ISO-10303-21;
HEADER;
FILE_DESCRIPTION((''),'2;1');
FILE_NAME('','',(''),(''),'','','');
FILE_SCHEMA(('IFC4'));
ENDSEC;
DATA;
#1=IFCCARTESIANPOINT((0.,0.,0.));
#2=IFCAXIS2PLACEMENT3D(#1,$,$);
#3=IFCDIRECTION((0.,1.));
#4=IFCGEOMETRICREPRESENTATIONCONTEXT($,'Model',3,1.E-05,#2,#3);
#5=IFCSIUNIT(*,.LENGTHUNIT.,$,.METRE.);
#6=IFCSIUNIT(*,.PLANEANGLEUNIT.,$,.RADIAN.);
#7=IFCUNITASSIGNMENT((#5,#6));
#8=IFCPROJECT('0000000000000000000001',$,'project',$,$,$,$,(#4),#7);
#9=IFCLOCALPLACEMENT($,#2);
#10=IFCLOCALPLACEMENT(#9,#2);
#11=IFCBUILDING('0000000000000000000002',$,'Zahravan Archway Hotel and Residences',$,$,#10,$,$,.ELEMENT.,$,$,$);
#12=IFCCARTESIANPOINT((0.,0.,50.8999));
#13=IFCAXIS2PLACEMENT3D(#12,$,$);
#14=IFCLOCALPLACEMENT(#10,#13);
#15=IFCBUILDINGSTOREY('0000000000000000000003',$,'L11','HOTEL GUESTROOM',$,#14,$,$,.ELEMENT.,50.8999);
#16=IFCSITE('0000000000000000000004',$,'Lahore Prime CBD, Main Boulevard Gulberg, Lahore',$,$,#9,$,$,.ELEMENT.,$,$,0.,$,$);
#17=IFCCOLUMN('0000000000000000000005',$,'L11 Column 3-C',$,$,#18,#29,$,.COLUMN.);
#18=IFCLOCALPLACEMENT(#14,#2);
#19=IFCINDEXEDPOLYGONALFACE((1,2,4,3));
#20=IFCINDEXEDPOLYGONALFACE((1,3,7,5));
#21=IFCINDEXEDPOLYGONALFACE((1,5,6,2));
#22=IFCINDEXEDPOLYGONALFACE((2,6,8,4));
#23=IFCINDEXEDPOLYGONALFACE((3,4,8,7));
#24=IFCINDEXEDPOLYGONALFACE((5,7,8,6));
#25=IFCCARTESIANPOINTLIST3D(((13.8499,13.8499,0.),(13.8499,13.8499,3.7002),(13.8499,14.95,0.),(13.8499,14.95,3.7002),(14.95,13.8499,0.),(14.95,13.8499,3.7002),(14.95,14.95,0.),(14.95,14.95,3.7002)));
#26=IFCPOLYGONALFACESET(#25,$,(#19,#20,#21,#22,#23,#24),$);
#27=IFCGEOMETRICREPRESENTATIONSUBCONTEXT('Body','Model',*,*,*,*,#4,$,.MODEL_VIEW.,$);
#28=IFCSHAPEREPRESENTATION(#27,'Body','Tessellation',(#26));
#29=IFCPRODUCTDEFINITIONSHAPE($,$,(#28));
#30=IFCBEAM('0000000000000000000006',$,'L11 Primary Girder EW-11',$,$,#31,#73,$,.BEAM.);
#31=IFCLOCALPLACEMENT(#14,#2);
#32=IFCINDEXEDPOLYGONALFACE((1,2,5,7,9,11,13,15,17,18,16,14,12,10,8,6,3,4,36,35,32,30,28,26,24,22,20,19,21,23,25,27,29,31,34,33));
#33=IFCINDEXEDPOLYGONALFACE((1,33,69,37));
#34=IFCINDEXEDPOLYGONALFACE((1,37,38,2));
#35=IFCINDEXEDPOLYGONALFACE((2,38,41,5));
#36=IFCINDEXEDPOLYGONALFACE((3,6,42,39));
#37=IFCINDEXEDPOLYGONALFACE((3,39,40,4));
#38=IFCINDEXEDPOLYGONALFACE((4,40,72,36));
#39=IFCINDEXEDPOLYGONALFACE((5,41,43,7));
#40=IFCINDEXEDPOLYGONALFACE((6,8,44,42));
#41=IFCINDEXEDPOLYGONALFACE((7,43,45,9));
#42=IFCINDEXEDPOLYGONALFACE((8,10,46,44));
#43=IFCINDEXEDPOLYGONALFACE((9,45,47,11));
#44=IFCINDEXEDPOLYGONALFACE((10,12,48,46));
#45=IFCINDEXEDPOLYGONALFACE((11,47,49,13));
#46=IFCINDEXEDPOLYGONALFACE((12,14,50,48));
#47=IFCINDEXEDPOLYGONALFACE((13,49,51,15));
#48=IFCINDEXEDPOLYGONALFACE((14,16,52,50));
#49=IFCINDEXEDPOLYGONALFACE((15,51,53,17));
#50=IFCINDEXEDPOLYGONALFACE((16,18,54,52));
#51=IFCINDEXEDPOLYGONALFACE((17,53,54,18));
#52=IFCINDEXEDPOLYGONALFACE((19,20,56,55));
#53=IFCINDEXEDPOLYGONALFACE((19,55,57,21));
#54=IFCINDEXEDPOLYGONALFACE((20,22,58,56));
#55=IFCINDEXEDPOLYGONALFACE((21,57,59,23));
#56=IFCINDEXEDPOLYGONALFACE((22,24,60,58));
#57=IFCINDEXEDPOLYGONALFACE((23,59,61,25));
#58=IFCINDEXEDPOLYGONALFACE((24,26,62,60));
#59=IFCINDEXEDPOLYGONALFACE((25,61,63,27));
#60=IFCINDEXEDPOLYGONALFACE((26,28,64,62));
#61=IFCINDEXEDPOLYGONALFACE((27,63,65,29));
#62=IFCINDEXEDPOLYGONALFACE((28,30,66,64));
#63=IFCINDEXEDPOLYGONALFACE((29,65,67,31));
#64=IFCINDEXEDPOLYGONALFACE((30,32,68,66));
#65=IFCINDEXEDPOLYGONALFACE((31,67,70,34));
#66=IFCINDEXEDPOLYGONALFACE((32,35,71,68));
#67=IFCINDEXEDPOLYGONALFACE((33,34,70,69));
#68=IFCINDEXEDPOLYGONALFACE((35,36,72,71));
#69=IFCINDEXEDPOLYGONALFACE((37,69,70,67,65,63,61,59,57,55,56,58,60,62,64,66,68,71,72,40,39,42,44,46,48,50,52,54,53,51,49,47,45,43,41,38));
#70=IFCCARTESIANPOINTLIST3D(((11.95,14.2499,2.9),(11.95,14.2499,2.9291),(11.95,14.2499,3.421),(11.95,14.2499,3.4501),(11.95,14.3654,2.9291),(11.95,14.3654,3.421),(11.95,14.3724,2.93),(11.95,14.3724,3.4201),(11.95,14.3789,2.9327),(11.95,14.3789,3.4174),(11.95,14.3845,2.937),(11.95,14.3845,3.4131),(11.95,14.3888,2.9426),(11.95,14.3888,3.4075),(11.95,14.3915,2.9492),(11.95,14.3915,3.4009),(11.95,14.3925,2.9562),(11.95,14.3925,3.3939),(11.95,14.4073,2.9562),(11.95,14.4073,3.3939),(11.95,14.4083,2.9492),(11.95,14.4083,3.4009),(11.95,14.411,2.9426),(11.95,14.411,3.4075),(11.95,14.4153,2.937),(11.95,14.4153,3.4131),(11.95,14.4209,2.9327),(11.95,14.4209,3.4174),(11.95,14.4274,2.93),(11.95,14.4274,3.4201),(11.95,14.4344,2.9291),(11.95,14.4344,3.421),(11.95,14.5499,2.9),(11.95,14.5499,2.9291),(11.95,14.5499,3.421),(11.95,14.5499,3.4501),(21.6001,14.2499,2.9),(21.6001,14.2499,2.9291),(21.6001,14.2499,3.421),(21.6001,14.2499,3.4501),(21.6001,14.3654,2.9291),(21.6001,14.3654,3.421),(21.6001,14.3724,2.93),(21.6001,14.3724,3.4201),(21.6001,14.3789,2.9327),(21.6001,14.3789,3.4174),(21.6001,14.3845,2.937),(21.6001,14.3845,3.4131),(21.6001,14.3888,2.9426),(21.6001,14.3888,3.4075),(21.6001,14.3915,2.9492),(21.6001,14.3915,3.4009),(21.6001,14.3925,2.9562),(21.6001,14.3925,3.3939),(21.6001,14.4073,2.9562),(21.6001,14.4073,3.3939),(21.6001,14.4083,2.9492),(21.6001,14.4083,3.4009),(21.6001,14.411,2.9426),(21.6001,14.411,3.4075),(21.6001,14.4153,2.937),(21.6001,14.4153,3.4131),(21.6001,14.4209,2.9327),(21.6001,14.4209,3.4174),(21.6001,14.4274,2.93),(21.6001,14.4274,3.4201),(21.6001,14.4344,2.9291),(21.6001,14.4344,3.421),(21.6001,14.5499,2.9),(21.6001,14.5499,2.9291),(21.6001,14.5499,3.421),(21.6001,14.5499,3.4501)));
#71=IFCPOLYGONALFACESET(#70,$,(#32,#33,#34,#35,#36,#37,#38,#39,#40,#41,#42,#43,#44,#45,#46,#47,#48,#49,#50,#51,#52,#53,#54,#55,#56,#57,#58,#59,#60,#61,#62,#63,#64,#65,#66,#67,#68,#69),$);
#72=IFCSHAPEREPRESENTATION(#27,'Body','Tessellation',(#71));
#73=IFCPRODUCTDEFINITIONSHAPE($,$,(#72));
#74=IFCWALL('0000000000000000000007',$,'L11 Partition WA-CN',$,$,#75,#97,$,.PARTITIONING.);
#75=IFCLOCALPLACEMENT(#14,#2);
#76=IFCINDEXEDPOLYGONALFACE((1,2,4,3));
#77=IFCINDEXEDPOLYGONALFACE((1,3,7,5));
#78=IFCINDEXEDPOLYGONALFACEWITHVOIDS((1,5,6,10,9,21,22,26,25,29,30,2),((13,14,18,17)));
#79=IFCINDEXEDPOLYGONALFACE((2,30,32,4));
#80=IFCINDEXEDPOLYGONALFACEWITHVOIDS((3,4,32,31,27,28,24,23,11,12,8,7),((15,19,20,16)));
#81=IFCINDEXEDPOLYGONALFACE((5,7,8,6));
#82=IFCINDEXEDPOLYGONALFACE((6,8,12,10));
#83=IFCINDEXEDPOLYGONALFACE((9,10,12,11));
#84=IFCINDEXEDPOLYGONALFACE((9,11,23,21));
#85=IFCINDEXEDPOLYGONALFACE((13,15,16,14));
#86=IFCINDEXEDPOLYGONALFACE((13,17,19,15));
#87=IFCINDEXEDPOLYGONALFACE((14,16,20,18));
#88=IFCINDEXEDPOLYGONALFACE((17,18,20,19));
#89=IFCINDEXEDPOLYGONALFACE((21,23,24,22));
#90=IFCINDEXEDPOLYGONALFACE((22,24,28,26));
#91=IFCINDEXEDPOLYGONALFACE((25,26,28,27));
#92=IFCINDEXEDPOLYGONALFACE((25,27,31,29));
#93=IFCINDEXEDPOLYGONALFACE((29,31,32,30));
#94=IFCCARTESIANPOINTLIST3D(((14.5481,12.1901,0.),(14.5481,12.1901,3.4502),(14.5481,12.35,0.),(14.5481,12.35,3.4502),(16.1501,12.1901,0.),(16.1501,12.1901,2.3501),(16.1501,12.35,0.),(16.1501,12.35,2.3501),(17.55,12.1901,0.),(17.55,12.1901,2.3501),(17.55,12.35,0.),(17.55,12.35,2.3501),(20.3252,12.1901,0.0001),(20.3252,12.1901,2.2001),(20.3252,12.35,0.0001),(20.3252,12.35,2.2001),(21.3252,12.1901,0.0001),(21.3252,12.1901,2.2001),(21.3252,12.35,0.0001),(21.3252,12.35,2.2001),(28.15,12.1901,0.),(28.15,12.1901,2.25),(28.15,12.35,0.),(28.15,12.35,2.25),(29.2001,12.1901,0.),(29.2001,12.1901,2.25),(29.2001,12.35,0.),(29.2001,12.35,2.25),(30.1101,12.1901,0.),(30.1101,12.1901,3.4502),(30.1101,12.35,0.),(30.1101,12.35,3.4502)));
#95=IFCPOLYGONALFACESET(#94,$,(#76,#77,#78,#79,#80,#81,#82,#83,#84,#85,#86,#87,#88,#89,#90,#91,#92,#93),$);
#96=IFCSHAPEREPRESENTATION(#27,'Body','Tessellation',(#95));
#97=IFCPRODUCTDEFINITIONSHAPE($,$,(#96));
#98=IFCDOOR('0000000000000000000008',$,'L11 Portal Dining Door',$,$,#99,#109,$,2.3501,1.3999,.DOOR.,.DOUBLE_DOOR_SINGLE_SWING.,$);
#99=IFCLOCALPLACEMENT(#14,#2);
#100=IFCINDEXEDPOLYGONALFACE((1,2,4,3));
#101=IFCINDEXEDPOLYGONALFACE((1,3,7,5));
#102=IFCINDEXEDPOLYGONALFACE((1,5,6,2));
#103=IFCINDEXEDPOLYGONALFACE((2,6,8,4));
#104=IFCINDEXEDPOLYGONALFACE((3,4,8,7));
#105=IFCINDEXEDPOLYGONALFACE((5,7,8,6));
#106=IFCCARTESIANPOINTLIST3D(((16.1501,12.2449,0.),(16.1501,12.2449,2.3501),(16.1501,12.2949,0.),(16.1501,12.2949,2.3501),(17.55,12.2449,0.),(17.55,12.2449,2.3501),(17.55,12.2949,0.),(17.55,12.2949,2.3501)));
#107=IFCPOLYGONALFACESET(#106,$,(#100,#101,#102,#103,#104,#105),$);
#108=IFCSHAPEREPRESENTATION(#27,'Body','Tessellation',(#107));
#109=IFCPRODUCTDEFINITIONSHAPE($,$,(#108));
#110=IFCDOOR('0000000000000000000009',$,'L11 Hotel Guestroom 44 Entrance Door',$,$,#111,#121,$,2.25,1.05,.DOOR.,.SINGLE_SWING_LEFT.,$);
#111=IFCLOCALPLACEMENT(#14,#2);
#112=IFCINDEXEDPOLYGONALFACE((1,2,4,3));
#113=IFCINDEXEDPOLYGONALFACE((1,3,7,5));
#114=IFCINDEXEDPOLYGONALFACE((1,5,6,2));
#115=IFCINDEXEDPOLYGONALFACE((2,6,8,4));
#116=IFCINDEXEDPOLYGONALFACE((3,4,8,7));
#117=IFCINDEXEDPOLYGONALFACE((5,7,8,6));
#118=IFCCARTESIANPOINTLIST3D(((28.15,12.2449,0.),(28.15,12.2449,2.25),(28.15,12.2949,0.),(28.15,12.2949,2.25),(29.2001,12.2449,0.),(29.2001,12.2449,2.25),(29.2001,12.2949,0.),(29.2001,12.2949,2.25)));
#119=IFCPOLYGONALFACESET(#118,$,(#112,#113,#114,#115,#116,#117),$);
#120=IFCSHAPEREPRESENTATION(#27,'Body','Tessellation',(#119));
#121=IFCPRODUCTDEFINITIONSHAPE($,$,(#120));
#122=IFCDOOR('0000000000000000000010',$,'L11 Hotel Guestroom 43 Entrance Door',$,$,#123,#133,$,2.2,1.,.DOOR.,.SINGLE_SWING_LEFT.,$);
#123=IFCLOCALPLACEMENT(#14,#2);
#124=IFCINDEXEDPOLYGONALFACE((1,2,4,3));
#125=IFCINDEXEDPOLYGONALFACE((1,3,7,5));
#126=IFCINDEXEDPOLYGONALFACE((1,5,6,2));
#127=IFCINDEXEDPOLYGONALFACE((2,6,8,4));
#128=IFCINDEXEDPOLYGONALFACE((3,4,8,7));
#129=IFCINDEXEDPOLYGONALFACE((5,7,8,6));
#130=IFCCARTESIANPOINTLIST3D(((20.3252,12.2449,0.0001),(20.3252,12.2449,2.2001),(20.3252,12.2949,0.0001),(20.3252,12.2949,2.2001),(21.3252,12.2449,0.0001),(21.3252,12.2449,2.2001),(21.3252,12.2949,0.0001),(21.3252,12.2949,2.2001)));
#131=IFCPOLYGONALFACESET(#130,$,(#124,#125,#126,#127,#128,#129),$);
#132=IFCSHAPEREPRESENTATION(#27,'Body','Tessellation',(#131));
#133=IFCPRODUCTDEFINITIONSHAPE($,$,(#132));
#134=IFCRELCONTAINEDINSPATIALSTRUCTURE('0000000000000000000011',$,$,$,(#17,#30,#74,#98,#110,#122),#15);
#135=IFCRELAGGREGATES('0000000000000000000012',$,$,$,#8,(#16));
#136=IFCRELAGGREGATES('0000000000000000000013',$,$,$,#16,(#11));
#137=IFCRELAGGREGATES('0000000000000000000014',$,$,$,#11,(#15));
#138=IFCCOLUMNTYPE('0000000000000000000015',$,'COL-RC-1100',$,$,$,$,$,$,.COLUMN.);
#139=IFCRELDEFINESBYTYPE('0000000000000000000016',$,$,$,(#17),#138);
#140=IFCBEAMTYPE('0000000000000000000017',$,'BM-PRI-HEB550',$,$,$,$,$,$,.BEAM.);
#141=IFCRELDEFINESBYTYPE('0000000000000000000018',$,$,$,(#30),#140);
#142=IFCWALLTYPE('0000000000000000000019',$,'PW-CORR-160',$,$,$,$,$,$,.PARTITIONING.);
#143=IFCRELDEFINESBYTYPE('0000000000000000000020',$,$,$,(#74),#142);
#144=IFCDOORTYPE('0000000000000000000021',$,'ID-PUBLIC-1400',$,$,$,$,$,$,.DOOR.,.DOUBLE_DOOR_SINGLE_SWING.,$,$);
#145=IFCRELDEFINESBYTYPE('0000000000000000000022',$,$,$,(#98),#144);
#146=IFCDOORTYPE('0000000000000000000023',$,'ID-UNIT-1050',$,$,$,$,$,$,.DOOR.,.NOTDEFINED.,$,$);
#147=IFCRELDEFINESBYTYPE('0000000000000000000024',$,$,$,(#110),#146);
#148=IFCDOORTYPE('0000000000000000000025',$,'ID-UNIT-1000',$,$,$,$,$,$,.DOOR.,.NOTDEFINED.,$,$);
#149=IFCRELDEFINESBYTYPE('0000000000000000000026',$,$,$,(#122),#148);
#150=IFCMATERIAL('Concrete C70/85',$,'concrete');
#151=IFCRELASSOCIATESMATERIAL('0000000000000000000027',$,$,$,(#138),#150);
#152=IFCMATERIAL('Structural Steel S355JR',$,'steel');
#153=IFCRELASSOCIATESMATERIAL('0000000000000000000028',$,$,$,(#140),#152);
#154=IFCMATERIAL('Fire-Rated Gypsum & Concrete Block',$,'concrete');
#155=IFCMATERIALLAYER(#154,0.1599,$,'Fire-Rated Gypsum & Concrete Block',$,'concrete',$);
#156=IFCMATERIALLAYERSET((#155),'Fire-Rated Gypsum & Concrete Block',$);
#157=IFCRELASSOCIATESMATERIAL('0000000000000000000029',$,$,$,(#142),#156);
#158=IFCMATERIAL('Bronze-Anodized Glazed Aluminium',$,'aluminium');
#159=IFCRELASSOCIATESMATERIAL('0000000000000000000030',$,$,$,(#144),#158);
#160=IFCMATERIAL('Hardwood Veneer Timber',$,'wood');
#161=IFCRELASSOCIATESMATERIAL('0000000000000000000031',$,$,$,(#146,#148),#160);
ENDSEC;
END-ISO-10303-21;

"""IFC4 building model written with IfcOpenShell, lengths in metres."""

from ifc_helpers import new_model, si_unit, direction, frame, frame_2d, origin, origin_2d, place, context, subcontext, project, spatial, rectangle, i_section, extrude, source, transform, mapped, material, layer, layer_set, material_profile, profile_set, type_object, type_shapes, element, fill, save


model = new_model("IFC4")

# Units and contexts
model_context = context("Model", 3, precision=1e-05, world=origin(), true_north=direction((0.0, 1.0)))
body_context = subcontext(model_context, "Body", "Model", "MODEL_VIEW")
ifc_project = project(units=[si_unit("LENGTHUNIT", "METRE"), si_unit("PLANEANGLEUNIT", "RADIAN")], contexts=[model_context])

# Site, building, storey
site_placement = place(None, origin())
site = spatial("IfcSite", under=ifc_project, at=site_placement, Name="Lahore Prime CBD, Main Boulevard Gulberg, Lahore", CompositionType="ELEMENT", RefElevation=0.0)
building_placement = place(site_placement, origin())
building = spatial("IfcBuilding", under=site, at=building_placement, Name="Zahravan Archway Hotel and Residences", CompositionType="ELEMENT")
storey_placement = place(building_placement, frame((0.0, 0.0, 50.8999)))
storey = spatial("IfcBuildingStorey", under=building, at=storey_placement, Name="L11", Description="HOTEL GUESTROOM", CompositionType="ELEMENT", Elevation=50.8999)

# Column
ifc_material_1 = material(Name="Concrete C70/85", Category="concrete")
ifc_material_profile_1 = material_profile(ifc_material_1, rectangle(XDim=1.1001, YDim=1.1001, at=origin_2d()), Name="RC 1100x1100", Category="concrete")
ifc_profile_set_1 = profile_set([ifc_material_profile_1], Name="Concrete C70/85")
column_type = type_object("IfcColumnType", Name="COL-RC-1100", PredefinedType="COLUMN", material=ifc_profile_set_1)
shared_shape_1 = source(origin(), body_context, "Body", "SweptSolid", [
    extrude(rectangle(XDim=1.1001, YDim=1.1001, at=origin_2d()), origin(), (0.0, 0.0, 1.0), 3.7002),
])
column_placement = place(storey_placement, frame((14.3999, 14.3999, 0.0), z_axis=(0.0, 0.0, 1.0), x_axis=(1.0, 0.0, 0.0)))
element("IfcColumn", 1, at=column_placement, inside=storey, type_object=column_type, Name="L11 Column 3-C", PredefinedType="COLUMN", context=body_context, shape_type="MappedRepresentation", body=[
    mapped(shared_shape_1, transform((0.0, 0.0, 0.0), scale=1.0)),
])

# Beam
ifc_material_2 = material(Name="Structural Steel S355JR", Category="steel")
ifc_material_profile_2 = material_profile(ifc_material_2, i_section(OverallWidth=0.3, OverallDepth=0.55, WebThickness=0.0149, FlangeThickness=0.0291, FilletRadius=0.0271, at=origin_2d()), Name="HEB 550", Category="steel")
ifc_profile_set_2 = profile_set([ifc_material_profile_2], Name="Structural Steel S355JR")
beam_type = type_object("IfcBeamType", Name="BM-PRI-HEB550", PredefinedType="BEAM", material=ifc_profile_set_2)
shared_shape_2 = source(origin(), body_context, "Body", "SweptSolid", [
    extrude(i_section(OverallWidth=0.3, OverallDepth=0.55, WebThickness=0.0149, FlangeThickness=0.0291, FilletRadius=0.0271, at=origin_2d()), origin(), (0.0, 0.0, 1.0), 9.6501),
])
beam_placement = place(storey_placement, frame((11.95, 14.3999, 3.175), z_axis=(1.0, 0.0, 0.0), x_axis=(0.0, 1.0, 0.0)))
element("IfcBeam", 2, at=beam_placement, inside=storey, type_object=beam_type, Name="L11 Primary Girder EW-11", PredefinedType="BEAM", context=body_context, shape_type="MappedRepresentation", body=[
    mapped(shared_shape_2, transform((0.0, 0.0, 0.0), scale=1.0)),
])

# Wall, openings, doors
ifc_material_3 = material(Name="Fire-Rated Gypsum & Concrete Block", Category="concrete")
ifc_layer_1 = layer(ifc_material_3, 0.1599, Name="Fire-Rated Gypsum & Concrete Block", Category="concrete")
ifc_layer_set_1 = layer_set([ifc_layer_1], Name="Fire-Rated Gypsum & Concrete Block")
wall_type_1 = type_object("IfcWallType", Name="PW-CORR-160", PredefinedType="PARTITIONING", material=ifc_layer_set_1)
wall_1_placement = place(storey_placement, frame((14.5481, 12.27, 0.0), z_axis=(0.0, 0.0, 1.0), x_axis=(1.0, 0.0, 0.0)))
wall_1 = element("IfcWall", 3, at=wall_1_placement, inside=storey, type_object=wall_type_1, Name="L11 Partition WA-CN", PredefinedType="PARTITIONING", context=body_context, shape_type="SweptSolid", body=[
    extrude(rectangle(XDim=15.562, YDim=0.1599, at=frame_2d((7.781, 0.0))), origin(), (0.0, 0.0, 1.0), 3.4502),
])
opening_1_placement = place(wall_1_placement, frame((1.6021, 0.0, 0.0)))
opening_1 = element("IfcOpeningElement", 4, at=opening_1_placement, cuts=wall_1, PredefinedType="OPENING", context=body_context, shape_type="SweptSolid", body=[
    extrude(rectangle(XDim=1.3999, YDim=2.3501, at=frame_2d((0.7, 1.175))), frame((0.0, 0.0898, 0.0), z_axis=(0.0, -1.0, 0.0), x_axis=(1.0, 0.0, 0.0)), (0.0, 0.0, 1.0), 0.1799),
])
opening_2_placement = place(wall_1_placement, frame((5.7771, 0.0, 0.0)))
opening_2 = element("IfcOpeningElement", 5, at=opening_2_placement, cuts=wall_1, PredefinedType="OPENING", context=body_context, shape_type="SweptSolid", body=[
    extrude(rectangle(XDim=1.0, YDim=2.2, at=frame_2d((0.5, 1.1001))), frame((0.0, 0.0898, 0.0), z_axis=(0.0, -1.0, 0.0), x_axis=(1.0, 0.0, 0.0)), (0.0, 0.0, 1.0), 0.1799),
])
opening_3_placement = place(wall_1_placement, frame((13.6021, 0.0, 0.0)))
opening_3 = element("IfcOpeningElement", 6, at=opening_3_placement, cuts=wall_1, PredefinedType="OPENING", context=body_context, shape_type="SweptSolid", body=[
    extrude(rectangle(XDim=1.05, YDim=2.25, at=frame_2d((0.5249, 1.125))), frame((0.0, 0.0898, 0.0), z_axis=(0.0, -1.0, 0.0), x_axis=(1.0, 0.0, 0.0)), (0.0, 0.0, 1.0), 0.1799),
])
ifc_material_4 = material(Name="Bronze-Anodized Glazed Aluminium", Category="aluminium")
door_type_1 = type_object("IfcDoorType", Name="ID-PUBLIC-1400", OperationType="DOUBLE_DOOR_SINGLE_SWING", PredefinedType="DOOR", material=ifc_material_4)
shared_shape_3 = source(origin(), body_context, "Body", "SweptSolid", [
    extrude(rectangle(XDim=1.3999, YDim=2.3501, at=frame_2d((0.7, 1.175))), frame((0.0, 0.0249, 0.0), z_axis=(0.0, -1.0, 0.0), x_axis=(1.0, 0.0, 0.0)), (0.0, 0.0, 1.0), 0.05),
])
type_shapes(door_type_1, [shared_shape_3])
door_1_placement = place(opening_1_placement, origin())
door_1 = element("IfcDoor", 7, at=door_1_placement, inside=storey, type_object=door_type_1, Name="L11 Portal Dining Door", OperationType="DOUBLE_DOOR_SINGLE_SWING", OverallHeight=2.3501, OverallWidth=1.3999, PredefinedType="DOOR", context=body_context, shape_type="MappedRepresentation", body=[
    mapped(shared_shape_3, transform((0.0, 0.0, 0.0), scale=1.0)),
])
fill(opening_1, door_1)
ifc_material_5 = material(Name="Hardwood Veneer Timber", Category="wood")
door_type_2 = type_object("IfcDoorType", Name="ID-UNIT-1050", OperationType="NOTDEFINED", PredefinedType="DOOR", material=ifc_material_5)
shared_shape_4 = source(origin(), body_context, "Body", "SweptSolid", [
    extrude(rectangle(XDim=1.05, YDim=2.25, at=frame_2d((0.5249, 1.125))), frame((0.0, 0.0249, 0.0), z_axis=(0.0, -1.0, 0.0), x_axis=(1.0, 0.0, 0.0)), (0.0, 0.0, 1.0), 0.05),
])
type_shapes(door_type_2, [shared_shape_4])
door_2_placement = place(opening_3_placement, origin())
door_2 = element("IfcDoor", 8, at=door_2_placement, inside=storey, type_object=door_type_2, Name="L11 Hotel Guestroom 44 Entrance Door", OperationType="SINGLE_SWING_LEFT", OverallHeight=2.25, OverallWidth=1.05, PredefinedType="DOOR", context=body_context, shape_type="MappedRepresentation", body=[
    mapped(shared_shape_4, transform((0.0, 0.0, 0.0), scale=1.0)),
])
fill(opening_3, door_2)
door_type_3 = type_object("IfcDoorType", Name="ID-UNIT-1000", OperationType="NOTDEFINED", PredefinedType="DOOR", material=ifc_material_5)
shared_shape_5 = source(origin(), body_context, "Body", "SweptSolid", [
    extrude(rectangle(XDim=1.0, YDim=2.2, at=frame_2d((0.5, 1.1001))), frame((0.0, 0.0249, 0.0), z_axis=(0.0, -1.0, 0.0), x_axis=(1.0, 0.0, 0.0)), (0.0, 0.0, 1.0), 0.05),
])
type_shapes(door_type_3, [shared_shape_5])
door_3_placement = place(opening_2_placement, origin())
door_3 = element("IfcDoor", 9, at=door_3_placement, inside=storey, type_object=door_type_3, Name="L11 Hotel Guestroom 43 Entrance Door", OperationType="SINGLE_SWING_LEFT", OverallHeight=2.2, OverallWidth=1.0, PredefinedType="DOOR", context=body_context, shape_type="MappedRepresentation", body=[
    mapped(shared_shape_5, transform((0.0, 0.0, 0.0), scale=1.0)),
])
fill(opening_2, door_3)

save(model, "model.ifc")
